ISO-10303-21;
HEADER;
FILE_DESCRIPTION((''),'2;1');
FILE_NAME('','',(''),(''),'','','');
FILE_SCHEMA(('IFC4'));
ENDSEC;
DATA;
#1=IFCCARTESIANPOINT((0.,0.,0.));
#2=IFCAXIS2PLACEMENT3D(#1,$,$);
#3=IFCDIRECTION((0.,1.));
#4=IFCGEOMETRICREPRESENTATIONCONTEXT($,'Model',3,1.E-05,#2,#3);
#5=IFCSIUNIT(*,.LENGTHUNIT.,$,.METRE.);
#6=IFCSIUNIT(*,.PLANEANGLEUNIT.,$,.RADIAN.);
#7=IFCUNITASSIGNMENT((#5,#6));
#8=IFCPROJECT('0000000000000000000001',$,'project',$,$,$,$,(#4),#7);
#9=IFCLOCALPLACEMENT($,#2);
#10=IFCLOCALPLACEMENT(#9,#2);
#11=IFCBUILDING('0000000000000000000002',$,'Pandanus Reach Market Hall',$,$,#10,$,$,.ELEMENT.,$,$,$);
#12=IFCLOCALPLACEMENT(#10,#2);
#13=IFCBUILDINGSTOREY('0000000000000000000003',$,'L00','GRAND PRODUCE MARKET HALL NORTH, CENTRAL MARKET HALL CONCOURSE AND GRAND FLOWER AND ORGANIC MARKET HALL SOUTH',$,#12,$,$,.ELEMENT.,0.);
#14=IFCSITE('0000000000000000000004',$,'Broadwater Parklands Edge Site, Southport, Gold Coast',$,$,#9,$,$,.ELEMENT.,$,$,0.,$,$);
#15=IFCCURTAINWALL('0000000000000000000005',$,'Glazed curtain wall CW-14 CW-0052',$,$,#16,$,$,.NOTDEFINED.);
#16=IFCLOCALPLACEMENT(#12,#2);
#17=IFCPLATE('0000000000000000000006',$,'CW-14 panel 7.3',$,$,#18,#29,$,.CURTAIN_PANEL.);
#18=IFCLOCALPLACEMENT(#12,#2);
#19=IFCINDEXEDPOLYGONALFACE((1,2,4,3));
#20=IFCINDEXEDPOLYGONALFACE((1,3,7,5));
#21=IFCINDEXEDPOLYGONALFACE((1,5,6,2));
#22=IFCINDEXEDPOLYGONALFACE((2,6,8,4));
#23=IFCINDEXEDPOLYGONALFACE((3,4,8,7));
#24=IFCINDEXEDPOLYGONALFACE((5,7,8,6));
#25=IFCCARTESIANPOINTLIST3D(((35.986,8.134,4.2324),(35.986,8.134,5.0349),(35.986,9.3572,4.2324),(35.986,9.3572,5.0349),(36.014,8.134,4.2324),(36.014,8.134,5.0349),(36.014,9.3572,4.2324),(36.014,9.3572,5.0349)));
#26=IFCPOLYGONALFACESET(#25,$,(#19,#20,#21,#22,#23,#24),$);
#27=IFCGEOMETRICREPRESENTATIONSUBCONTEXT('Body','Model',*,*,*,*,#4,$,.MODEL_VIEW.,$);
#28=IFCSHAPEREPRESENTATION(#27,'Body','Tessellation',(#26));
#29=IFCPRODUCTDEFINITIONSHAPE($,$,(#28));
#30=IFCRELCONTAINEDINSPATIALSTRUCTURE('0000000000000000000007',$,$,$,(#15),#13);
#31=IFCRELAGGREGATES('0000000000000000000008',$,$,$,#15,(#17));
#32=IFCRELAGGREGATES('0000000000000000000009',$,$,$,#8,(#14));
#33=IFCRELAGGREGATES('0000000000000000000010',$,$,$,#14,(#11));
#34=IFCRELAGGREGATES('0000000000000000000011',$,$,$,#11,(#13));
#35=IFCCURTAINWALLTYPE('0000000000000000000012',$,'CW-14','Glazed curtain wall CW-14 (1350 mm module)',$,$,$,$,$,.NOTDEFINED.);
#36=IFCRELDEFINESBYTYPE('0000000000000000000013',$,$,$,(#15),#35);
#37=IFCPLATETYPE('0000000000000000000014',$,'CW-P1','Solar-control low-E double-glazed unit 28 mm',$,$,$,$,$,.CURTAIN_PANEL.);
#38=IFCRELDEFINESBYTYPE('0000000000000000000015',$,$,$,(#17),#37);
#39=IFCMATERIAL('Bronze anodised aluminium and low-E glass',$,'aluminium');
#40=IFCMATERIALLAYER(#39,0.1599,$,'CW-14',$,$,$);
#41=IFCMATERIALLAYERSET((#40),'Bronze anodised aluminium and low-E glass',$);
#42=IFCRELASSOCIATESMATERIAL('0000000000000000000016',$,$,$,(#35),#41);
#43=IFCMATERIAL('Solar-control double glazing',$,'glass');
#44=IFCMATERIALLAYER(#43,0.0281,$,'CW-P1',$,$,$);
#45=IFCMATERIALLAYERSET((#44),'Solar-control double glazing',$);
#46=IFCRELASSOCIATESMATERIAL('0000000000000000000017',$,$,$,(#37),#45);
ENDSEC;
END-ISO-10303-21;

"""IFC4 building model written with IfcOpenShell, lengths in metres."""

from ifc_helpers import new_model, si_unit, direction, frame, origin, origin_2d, place, context, subcontext, project, spatial, rectangle, extrude, material, layer, layer_set, type_object, element, aggregate, save


model = new_model("IFC4")

# Units and contexts
model_context = context("Model", 3, precision=1e-05, world=origin(), true_north=direction((0.0, 1.0)))
body_context = subcontext(model_context, "Body", "Model", "MODEL_VIEW")
ifc_project = project(units=[si_unit("LENGTHUNIT", "METRE"), si_unit("PLANEANGLEUNIT", "RADIAN")], contexts=[model_context])

# Site, building, storey
site_placement = place(None, origin())
site = spatial("IfcSite", under=ifc_project, at=site_placement, Name="Broadwater Parklands Edge Site, Southport, Gold Coast", CompositionType="ELEMENT", RefElevation=0.0)
building_placement = place(site_placement, origin())
building = spatial("IfcBuilding", under=site, at=building_placement, Name="Pandanus Reach Market Hall", CompositionType="ELEMENT")
storey_placement = place(building_placement, origin())
storey = spatial("IfcBuildingStorey", under=building, at=storey_placement, Name="L00", Description="GRAND PRODUCE MARKET HALL NORTH, CENTRAL MARKET HALL CONCOURSE AND GRAND FLOWER AND ORGANIC MARKET HALL SOUTH", CompositionType="ELEMENT", Elevation=0.0)

# Curtain wall, plate
ifc_material_1 = material(Name="Bronze anodised aluminium and low-E glass", Category="aluminium")
ifc_layer_1 = layer(ifc_material_1, 0.1599, Name="CW-14")
ifc_layer_set_1 = layer_set([ifc_layer_1], Name="Bronze anodised aluminium and low-E glass")
curtain_wall_type = type_object("IfcCurtainWallType", Name="CW-14", Description="Glazed curtain wall CW-14 (1350 mm module)", PredefinedType="NOTDEFINED", material=ifc_layer_set_1)
curtain_wall_placement = place(storey_placement, origin())
curtain_wall = element("IfcCurtainWall", 1, at=curtain_wall_placement, inside=storey, type_object=curtain_wall_type, Name="Glazed curtain wall CW-14 CW-0052", PredefinedType="NOTDEFINED")
ifc_material_2 = material(Name="Solar-control double glazing", Category="glass")
ifc_layer_2 = layer(ifc_material_2, 0.0281, Name="CW-P1")
ifc_layer_set_2 = layer_set([ifc_layer_2], Name="Solar-control double glazing")
plate_type = type_object("IfcPlateType", Name="CW-P1", Description="Solar-control low-E double-glazed unit 28 mm", PredefinedType="CURTAIN_PANEL", material=ifc_layer_set_2)
plate_1_placement = place(storey_placement, frame((36.0, 8.7456, 4.2324), z_axis=(0.0, 0.0, 1.0), x_axis=(0.0, 1.0, 0.0)))
plate_1 = element("IfcPlate", 2, at=plate_1_placement, type_object=plate_type, Name="CW-14 panel 7.3", PredefinedType="CURTAIN_PANEL", context=body_context, shape_type="SweptSolid", body=[
    extrude(rectangle(XDim=1.2231, YDim=0.0281, at=origin_2d()), origin(), (0.0, 0.0, 1.0), 0.8025),
])
aggregate(curtain_wall, [plate_1])

save(model, "model.ifc")
